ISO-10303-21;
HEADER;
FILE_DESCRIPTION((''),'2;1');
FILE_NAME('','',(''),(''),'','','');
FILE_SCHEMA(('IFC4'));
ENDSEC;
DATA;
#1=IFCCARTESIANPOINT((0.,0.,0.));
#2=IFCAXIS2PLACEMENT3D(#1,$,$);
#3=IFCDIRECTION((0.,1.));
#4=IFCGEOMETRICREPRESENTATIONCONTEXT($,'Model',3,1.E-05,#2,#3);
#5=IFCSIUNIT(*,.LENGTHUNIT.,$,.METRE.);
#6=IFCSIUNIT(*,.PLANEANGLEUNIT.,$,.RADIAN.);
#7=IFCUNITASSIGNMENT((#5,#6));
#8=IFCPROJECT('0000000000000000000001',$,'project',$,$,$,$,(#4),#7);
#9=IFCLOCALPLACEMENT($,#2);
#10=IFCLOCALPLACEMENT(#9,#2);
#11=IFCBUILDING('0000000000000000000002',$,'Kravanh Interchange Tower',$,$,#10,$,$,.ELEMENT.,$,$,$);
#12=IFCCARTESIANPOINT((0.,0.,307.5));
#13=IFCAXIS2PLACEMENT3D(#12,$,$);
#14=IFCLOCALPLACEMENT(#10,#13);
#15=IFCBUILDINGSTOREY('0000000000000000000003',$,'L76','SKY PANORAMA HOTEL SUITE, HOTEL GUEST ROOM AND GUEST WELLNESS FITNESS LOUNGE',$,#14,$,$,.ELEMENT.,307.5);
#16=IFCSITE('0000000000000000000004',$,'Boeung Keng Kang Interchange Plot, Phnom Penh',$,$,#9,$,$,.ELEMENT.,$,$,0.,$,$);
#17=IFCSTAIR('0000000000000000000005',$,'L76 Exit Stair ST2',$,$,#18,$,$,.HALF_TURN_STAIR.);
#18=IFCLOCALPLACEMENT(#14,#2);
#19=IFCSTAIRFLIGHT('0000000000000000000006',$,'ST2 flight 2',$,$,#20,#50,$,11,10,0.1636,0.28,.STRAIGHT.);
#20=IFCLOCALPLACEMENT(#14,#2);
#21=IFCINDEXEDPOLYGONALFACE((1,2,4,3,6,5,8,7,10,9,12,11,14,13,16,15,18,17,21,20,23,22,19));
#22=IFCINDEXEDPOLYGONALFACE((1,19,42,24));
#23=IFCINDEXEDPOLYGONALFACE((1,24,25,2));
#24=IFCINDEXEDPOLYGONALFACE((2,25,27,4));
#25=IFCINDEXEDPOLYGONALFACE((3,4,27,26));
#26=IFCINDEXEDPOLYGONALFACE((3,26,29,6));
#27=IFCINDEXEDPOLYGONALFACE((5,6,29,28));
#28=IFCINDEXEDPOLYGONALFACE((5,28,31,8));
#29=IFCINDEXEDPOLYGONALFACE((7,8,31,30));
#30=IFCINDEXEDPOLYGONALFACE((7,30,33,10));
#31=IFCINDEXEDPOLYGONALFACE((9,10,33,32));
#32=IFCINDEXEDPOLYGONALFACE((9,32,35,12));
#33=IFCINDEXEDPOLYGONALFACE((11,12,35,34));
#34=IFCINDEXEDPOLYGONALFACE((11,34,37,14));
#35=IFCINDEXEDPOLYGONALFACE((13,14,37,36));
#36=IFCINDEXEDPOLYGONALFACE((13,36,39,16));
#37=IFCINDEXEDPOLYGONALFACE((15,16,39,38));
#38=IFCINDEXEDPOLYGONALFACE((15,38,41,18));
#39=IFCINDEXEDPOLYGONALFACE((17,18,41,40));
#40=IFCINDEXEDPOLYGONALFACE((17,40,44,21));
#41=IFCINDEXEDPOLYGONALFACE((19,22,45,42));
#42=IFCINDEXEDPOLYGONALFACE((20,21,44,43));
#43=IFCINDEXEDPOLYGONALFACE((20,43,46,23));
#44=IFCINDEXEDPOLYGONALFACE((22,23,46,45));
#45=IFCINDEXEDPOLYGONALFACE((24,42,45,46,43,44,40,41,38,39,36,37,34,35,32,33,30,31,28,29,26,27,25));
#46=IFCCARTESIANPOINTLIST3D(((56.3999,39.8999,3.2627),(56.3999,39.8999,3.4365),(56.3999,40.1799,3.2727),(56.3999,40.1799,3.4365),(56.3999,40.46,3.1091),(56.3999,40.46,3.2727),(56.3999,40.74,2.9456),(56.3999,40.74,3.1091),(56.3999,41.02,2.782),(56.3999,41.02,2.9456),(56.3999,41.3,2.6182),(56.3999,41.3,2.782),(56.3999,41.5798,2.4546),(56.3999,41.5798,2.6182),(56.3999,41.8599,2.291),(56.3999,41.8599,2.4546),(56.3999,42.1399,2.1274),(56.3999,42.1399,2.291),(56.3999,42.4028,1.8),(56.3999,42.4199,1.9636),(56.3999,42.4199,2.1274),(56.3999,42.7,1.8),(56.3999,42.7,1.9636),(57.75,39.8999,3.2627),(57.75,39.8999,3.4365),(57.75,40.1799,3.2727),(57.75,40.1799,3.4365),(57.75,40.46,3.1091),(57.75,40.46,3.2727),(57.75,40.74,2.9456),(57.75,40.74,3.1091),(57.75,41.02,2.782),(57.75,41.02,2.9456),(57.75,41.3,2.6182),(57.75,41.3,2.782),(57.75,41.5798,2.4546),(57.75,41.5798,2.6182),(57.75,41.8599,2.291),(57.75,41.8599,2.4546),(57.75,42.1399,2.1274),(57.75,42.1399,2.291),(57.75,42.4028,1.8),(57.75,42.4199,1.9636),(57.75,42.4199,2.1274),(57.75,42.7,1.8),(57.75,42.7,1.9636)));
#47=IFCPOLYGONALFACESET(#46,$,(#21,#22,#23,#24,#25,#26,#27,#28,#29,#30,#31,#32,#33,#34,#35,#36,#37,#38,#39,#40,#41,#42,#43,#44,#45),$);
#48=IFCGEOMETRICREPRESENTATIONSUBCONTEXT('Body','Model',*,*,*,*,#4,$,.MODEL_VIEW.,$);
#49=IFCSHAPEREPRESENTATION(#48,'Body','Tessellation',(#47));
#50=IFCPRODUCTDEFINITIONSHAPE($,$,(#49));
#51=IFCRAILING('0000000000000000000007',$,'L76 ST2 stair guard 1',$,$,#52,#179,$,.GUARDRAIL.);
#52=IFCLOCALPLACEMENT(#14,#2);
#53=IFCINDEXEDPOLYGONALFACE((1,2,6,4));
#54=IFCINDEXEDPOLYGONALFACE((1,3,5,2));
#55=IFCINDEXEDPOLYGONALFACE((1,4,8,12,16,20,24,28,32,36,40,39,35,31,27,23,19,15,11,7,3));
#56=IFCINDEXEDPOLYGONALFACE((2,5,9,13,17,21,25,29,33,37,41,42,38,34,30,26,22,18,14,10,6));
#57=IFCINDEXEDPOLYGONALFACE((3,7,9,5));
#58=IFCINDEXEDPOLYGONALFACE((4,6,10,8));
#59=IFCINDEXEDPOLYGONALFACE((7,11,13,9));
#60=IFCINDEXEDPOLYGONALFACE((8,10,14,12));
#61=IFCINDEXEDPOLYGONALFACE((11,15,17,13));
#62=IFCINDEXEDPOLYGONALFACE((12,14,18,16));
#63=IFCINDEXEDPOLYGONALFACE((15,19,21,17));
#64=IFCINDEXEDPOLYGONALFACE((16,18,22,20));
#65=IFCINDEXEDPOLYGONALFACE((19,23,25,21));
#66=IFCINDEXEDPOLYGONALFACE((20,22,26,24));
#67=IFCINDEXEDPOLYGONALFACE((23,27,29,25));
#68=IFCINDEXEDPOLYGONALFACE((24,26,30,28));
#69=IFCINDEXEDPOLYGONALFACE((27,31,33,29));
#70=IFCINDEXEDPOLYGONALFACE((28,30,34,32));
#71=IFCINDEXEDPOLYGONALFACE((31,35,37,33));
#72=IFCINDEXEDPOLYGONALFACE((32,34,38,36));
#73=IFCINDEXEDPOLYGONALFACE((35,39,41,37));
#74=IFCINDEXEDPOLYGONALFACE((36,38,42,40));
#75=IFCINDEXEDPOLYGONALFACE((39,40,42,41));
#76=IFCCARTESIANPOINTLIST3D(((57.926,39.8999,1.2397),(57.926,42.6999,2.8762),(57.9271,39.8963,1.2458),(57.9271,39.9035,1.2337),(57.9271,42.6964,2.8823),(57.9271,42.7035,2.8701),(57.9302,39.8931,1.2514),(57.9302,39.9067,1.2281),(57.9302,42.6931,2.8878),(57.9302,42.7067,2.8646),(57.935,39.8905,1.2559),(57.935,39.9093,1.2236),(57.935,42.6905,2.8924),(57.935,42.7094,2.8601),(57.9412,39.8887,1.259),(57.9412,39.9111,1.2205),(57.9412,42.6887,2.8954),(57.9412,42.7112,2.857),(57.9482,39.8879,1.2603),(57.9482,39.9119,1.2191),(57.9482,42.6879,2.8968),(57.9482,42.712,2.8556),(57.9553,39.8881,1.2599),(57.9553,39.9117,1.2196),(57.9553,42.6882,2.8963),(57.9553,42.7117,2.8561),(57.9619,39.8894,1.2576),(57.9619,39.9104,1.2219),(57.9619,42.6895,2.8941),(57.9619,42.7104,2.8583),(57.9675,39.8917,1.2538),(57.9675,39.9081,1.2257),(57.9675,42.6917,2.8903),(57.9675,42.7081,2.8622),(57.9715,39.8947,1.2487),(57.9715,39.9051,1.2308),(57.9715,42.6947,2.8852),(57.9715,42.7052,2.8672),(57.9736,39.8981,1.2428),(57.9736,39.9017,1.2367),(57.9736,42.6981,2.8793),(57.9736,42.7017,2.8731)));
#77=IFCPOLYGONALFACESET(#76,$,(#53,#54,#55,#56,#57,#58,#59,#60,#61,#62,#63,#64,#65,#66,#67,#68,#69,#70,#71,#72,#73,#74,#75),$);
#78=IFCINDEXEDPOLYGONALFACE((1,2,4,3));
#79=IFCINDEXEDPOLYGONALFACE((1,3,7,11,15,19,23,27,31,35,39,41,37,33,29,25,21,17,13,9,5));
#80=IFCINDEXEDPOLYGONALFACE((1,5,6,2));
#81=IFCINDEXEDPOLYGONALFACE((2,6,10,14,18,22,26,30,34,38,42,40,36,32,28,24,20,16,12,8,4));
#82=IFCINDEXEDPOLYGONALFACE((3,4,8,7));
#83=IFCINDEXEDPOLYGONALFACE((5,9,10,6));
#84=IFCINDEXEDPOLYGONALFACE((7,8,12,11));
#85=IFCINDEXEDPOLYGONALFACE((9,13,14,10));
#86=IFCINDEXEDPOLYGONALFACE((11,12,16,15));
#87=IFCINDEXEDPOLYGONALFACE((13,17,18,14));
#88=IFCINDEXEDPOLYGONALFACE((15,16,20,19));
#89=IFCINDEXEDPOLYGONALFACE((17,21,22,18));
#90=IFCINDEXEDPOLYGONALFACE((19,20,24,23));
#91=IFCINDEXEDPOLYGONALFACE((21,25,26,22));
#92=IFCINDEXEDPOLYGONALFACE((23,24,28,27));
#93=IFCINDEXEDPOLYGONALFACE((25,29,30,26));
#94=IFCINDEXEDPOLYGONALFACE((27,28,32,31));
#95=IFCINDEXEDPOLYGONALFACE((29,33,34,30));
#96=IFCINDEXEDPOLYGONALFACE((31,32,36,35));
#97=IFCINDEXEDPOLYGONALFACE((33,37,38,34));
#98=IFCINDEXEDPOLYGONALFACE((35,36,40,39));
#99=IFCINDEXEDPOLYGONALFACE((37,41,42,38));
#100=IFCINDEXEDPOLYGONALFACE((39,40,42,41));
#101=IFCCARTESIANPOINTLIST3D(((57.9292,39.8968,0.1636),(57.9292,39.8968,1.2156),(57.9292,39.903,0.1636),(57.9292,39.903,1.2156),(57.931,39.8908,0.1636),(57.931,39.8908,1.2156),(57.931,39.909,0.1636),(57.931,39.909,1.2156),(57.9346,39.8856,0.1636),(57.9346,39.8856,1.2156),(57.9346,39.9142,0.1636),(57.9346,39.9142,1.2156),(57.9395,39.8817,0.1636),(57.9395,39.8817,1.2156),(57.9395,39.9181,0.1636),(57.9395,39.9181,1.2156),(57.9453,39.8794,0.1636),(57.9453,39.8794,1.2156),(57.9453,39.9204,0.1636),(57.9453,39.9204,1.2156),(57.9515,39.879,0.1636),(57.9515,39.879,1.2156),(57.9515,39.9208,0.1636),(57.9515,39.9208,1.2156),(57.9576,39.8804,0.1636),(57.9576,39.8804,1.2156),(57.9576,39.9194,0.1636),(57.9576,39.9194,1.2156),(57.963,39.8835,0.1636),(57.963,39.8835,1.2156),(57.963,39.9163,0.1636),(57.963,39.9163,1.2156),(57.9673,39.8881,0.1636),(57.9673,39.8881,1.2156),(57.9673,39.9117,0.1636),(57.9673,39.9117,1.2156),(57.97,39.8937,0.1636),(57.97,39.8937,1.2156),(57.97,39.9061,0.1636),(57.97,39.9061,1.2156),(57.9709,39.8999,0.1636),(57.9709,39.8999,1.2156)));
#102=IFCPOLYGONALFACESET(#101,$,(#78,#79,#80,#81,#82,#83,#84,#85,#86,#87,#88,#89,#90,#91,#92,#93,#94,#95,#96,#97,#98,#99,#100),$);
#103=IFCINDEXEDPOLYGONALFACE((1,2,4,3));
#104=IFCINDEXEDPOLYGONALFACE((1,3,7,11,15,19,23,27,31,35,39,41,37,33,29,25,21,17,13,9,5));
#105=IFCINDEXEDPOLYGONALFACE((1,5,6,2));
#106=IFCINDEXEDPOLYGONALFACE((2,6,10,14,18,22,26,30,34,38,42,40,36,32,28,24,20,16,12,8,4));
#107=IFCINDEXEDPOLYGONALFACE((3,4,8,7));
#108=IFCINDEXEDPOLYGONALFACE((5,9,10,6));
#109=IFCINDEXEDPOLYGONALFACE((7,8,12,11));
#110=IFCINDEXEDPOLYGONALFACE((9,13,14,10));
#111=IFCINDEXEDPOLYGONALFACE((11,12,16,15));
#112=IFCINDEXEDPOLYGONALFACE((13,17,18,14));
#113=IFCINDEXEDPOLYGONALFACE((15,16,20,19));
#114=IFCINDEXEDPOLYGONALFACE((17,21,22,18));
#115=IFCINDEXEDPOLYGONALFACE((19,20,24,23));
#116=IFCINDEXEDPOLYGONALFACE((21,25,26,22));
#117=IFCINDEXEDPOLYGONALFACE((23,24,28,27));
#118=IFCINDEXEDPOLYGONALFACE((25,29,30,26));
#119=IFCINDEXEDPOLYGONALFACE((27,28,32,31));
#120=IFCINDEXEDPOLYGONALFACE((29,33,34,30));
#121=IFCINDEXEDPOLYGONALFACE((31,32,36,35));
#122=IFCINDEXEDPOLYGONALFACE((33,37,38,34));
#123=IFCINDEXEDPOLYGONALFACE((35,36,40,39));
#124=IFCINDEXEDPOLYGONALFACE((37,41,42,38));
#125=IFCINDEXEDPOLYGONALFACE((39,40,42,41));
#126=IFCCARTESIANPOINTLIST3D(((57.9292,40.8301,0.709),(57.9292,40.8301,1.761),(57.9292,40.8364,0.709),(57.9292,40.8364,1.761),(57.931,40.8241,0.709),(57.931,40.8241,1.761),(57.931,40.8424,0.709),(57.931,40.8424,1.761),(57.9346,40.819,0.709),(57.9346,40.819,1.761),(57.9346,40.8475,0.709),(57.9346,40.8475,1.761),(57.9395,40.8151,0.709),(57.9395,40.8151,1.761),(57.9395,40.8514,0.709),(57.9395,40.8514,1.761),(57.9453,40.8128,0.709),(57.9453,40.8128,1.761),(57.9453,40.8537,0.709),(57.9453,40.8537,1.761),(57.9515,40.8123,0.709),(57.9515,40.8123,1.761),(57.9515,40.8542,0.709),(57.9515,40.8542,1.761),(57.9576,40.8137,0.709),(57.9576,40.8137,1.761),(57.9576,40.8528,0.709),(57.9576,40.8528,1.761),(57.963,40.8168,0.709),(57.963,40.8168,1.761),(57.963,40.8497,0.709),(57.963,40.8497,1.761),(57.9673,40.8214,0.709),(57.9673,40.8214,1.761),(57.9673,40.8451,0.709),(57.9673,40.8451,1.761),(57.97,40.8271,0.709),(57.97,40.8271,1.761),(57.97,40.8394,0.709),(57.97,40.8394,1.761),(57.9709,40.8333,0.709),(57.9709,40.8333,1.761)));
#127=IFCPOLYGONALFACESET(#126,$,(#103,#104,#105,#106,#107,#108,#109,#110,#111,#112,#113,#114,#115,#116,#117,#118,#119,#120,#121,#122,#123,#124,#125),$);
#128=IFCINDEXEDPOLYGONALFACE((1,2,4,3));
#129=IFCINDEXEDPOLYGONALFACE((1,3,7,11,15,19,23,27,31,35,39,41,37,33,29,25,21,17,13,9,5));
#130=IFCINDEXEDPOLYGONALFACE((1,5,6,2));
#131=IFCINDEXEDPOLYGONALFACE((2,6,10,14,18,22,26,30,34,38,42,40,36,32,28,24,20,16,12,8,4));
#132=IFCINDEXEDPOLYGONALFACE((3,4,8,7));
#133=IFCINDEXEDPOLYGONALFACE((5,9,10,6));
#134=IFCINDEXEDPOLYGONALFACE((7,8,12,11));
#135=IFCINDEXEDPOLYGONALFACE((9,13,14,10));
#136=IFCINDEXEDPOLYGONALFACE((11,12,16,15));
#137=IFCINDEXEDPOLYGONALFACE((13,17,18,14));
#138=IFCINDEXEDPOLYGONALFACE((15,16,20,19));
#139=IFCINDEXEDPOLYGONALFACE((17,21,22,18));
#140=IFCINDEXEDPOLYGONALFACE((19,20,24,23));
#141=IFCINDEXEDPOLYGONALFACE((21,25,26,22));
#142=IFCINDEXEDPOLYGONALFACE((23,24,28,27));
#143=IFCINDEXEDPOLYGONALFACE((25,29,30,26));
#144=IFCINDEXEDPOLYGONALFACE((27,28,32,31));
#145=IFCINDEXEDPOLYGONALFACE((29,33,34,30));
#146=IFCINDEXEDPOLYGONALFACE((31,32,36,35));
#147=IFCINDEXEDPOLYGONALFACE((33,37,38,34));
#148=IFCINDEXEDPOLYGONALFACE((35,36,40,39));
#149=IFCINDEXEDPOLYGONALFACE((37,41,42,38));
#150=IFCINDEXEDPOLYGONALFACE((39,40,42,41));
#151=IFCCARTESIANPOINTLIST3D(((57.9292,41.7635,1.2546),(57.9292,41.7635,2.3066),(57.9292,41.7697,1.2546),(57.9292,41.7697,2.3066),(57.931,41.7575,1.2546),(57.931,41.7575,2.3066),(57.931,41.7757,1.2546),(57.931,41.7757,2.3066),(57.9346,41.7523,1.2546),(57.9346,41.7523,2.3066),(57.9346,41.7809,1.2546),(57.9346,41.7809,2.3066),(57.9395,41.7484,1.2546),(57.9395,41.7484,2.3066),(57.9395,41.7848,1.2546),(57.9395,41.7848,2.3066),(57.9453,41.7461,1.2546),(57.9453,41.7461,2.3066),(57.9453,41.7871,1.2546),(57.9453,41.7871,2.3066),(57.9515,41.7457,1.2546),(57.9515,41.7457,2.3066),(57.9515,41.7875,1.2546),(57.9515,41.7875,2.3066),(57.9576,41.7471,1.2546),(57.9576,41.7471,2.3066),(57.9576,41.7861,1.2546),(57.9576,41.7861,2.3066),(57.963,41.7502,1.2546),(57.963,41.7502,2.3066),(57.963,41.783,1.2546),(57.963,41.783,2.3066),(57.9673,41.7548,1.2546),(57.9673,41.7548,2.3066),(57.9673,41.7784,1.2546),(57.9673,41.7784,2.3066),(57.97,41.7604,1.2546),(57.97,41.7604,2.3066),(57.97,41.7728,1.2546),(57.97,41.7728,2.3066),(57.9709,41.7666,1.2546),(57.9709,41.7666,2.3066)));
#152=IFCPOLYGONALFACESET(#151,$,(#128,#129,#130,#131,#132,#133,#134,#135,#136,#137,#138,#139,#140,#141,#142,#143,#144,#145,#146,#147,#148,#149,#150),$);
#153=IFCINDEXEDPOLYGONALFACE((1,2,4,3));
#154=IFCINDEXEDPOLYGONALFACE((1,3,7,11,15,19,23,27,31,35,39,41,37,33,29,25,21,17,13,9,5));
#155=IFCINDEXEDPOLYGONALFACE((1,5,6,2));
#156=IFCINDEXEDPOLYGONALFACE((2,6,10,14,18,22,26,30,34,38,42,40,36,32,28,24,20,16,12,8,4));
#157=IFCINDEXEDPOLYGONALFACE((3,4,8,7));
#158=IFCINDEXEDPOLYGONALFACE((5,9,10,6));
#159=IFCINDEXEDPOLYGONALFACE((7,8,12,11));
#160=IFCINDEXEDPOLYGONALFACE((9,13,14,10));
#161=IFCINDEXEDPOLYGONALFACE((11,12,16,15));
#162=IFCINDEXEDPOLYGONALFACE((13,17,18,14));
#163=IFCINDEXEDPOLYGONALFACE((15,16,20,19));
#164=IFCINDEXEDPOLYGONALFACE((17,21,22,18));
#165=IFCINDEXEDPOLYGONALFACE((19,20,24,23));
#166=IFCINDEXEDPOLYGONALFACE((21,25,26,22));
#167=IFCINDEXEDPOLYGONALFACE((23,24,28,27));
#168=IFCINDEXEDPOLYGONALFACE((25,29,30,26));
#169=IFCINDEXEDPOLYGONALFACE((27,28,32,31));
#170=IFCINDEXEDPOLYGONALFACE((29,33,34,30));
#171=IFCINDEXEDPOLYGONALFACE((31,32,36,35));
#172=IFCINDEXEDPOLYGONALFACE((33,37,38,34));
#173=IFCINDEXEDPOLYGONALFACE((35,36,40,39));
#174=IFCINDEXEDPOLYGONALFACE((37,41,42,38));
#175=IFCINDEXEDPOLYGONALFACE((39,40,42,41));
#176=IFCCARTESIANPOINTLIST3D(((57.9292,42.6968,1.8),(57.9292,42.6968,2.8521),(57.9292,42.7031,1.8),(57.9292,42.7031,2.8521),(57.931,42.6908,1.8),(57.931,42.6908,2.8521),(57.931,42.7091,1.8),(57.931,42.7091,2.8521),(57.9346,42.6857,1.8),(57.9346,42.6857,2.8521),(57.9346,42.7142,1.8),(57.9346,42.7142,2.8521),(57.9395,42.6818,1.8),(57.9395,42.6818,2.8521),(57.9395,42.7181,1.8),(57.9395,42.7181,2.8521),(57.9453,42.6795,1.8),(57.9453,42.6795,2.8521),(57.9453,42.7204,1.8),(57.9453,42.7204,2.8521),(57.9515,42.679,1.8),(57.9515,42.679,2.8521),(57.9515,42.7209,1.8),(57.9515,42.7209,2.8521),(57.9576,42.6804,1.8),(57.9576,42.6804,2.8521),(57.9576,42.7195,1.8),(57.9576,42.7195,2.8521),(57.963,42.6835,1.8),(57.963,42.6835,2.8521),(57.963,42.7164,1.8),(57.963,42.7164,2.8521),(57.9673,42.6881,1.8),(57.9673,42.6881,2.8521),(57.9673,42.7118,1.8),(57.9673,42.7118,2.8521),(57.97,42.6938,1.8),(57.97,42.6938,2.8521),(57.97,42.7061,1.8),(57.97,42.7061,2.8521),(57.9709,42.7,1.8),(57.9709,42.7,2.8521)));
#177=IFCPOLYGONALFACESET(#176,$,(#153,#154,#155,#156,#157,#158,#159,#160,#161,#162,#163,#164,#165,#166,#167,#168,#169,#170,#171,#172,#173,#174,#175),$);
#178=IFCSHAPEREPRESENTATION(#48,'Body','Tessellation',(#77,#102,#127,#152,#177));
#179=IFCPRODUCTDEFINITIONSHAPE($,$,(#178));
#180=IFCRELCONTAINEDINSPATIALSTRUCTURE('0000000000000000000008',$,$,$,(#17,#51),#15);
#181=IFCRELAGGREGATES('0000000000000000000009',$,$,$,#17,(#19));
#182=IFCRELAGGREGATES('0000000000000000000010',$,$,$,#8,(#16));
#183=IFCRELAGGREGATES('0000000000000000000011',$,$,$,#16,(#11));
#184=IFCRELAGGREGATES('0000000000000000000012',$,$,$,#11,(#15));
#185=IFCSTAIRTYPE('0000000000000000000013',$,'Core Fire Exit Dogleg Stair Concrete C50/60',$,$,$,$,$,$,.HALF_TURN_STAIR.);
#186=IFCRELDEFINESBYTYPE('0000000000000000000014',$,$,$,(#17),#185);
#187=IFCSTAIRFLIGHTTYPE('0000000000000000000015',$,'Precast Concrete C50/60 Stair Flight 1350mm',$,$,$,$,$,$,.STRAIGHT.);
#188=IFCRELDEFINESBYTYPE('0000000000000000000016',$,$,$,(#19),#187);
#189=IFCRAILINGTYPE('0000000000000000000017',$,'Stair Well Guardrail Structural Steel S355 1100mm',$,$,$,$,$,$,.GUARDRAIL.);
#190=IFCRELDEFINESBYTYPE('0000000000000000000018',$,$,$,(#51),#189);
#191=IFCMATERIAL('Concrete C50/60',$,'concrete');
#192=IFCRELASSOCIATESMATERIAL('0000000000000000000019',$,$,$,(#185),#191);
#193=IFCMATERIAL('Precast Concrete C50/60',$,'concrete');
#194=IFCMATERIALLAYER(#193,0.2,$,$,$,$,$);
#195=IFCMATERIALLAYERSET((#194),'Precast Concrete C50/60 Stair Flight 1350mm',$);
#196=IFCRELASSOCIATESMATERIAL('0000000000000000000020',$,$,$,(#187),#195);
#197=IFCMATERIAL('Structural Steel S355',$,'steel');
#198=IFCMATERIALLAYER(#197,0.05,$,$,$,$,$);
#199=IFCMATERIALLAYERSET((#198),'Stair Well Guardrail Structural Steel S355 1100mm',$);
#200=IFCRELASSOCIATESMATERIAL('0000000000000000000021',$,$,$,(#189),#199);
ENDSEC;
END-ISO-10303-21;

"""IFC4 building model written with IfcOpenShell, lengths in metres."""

from ifc_helpers import new_model, si_unit, direction, frame, origin, origin_2d, place, context, subcontext, project, spatial, polyline, circle, outline, extrude, material, layer, layer_set, type_object, element, aggregate, save


model = new_model("IFC4")

# Units and contexts
model_context = context("Model", 3, precision=1e-05, world=origin(), true_north=direction((0.0, 1.0)))
body_context = subcontext(model_context, "Body", "Model", "MODEL_VIEW")
ifc_project = project(units=[si_unit("LENGTHUNIT", "METRE"), si_unit("PLANEANGLEUNIT", "RADIAN")], contexts=[model_context])

# Site, building, storey
site_placement = place(None, origin())
site = spatial("IfcSite", under=ifc_project, at=site_placement, Name="Boeung Keng Kang Interchange Plot, Phnom Penh", CompositionType="ELEMENT", RefElevation=0.0)
building_placement = place(site_placement, origin())
building = spatial("IfcBuilding", under=site, at=building_placement, Name="Kravanh Interchange Tower", CompositionType="ELEMENT")
storey_placement = place(building_placement, frame((0.0, 0.0, 307.5)))
storey = spatial("IfcBuildingStorey", under=building, at=storey_placement, Name="L76", Description="SKY PANORAMA HOTEL SUITE, HOTEL GUEST ROOM AND GUEST WELLNESS FITNESS LOUNGE", CompositionType="ELEMENT", Elevation=307.5)

# Stair, stair flight
ifc_material_1 = material(Name="Concrete C50/60", Category="concrete")
stair_type = type_object("IfcStairType", Name="Core Fire Exit Dogleg Stair Concrete C50/60", PredefinedType="HALF_TURN_STAIR", material=ifc_material_1)
stair_placement = place(storey_placement, origin())
stair = element("IfcStair", 1, at=stair_placement, inside=storey, type_object=stair_type, Name="L76 Exit Stair ST2", PredefinedType="HALF_TURN_STAIR")
ifc_material_2 = material(Name="Precast Concrete C50/60", Category="concrete")
ifc_layer_1 = layer(ifc_material_2, 0.2)
ifc_layer_set_1 = layer_set([ifc_layer_1], Name="Precast Concrete C50/60 Stair Flight 1350mm")
stair_flight_type = type_object("IfcStairFlightType", Name="Precast Concrete C50/60 Stair Flight 1350mm", PredefinedType="STRAIGHT", material=ifc_layer_set_1)
stair_flight_1_placement = place(storey_placement, frame((57.075, 42.7, 1.8), z_axis=(0.0, 0.0, 1.0), x_axis=(0.0, -1.0, 0.0)))
stair_flight_1 = element("IfcStairFlight", 2, at=stair_flight_1_placement, type_object=stair_flight_type, Name="ST2 flight 2", NumberOfRisers=11, NumberOfTreads=10, PredefinedType="STRAIGHT", RiserHeight=0.1636, TreadLength=0.28, context=body_context, shape_type="SweptSolid", body=[
    extrude(outline(polyline([(0.0, 0.0), (0.0, 0.1636), (0.28, 0.1636), (0.28, 0.3274), (0.5601, 0.3274), (0.5601, 0.491), (0.8401, 0.491), (0.8401, 0.6545), (1.1201, 0.6545), (1.1201, 0.8181), (1.3999, 0.8181), (1.3999, 0.9819), (1.6799, 0.9819), (1.6799, 1.1455), (1.96, 1.1455), (1.96, 1.3091), (2.24, 1.3091), (2.24, 1.4727), (2.52, 1.4727), (2.52, 1.6365), (2.8, 1.6365), (2.8, 1.8), (2.8, 1.4626), (0.2971, 0.0), (0.0, 0.0)])), frame((0.0, 0.675, 0.0), z_axis=(0.0, -1.0, 0.0), x_axis=(1.0, 0.0, 0.0)), (0.0, 0.0, 1.0), 1.3501),
])
aggregate(stair, [stair_flight_1])

# Railing
ifc_material_3 = material(Name="Structural Steel S355", Category="steel")
ifc_layer_2 = layer(ifc_material_3, 0.05)
ifc_layer_set_2 = layer_set([ifc_layer_2], Name="Stair Well Guardrail Structural Steel S355 1100mm")
railing_type_1 = type_object("IfcRailingType", Name="Stair Well Guardrail Structural Steel S355 1100mm", PredefinedType="GUARDRAIL", material=ifc_layer_set_2)
railing_1_placement = place(storey_placement, frame((57.95, 39.8999, 0.1636)))
element("IfcRailing", 3, at=railing_1_placement, inside=storey, type_object=railing_type_1, Name="L76 ST2 stair guard 1", PredefinedType="GUARDRAIL", context=body_context, shape_type="SweptSolid", body=[
    extrude(circle(Radius=0.0239, at=origin_2d()), frame((0.0, 0.0, 1.0762), z_axis=(0.0, 0.863361, 0.504587), x_axis=(-1.0, 0.0, 0.0)), (0.0, 0.0, 1.0), 3.2432),
    extrude(circle(Radius=0.021, at=origin_2d()), origin(), (0.0, 0.0, 1.0), 1.052),
    extrude(circle(Radius=0.021, at=origin_2d()), frame((0.0, 0.9333, 0.5454)), (0.0, 0.0, 1.0), 1.052),
    extrude(circle(Radius=0.021, at=origin_2d()), frame((0.0, 1.8667, 1.0911)), (0.0, 0.0, 1.0), 1.052),
    extrude(circle(Radius=0.021, at=origin_2d()), frame((0.0, 2.8, 1.6365)), (0.0, 0.0, 1.0), 1.052),
])

save(model, "model.ifc")
